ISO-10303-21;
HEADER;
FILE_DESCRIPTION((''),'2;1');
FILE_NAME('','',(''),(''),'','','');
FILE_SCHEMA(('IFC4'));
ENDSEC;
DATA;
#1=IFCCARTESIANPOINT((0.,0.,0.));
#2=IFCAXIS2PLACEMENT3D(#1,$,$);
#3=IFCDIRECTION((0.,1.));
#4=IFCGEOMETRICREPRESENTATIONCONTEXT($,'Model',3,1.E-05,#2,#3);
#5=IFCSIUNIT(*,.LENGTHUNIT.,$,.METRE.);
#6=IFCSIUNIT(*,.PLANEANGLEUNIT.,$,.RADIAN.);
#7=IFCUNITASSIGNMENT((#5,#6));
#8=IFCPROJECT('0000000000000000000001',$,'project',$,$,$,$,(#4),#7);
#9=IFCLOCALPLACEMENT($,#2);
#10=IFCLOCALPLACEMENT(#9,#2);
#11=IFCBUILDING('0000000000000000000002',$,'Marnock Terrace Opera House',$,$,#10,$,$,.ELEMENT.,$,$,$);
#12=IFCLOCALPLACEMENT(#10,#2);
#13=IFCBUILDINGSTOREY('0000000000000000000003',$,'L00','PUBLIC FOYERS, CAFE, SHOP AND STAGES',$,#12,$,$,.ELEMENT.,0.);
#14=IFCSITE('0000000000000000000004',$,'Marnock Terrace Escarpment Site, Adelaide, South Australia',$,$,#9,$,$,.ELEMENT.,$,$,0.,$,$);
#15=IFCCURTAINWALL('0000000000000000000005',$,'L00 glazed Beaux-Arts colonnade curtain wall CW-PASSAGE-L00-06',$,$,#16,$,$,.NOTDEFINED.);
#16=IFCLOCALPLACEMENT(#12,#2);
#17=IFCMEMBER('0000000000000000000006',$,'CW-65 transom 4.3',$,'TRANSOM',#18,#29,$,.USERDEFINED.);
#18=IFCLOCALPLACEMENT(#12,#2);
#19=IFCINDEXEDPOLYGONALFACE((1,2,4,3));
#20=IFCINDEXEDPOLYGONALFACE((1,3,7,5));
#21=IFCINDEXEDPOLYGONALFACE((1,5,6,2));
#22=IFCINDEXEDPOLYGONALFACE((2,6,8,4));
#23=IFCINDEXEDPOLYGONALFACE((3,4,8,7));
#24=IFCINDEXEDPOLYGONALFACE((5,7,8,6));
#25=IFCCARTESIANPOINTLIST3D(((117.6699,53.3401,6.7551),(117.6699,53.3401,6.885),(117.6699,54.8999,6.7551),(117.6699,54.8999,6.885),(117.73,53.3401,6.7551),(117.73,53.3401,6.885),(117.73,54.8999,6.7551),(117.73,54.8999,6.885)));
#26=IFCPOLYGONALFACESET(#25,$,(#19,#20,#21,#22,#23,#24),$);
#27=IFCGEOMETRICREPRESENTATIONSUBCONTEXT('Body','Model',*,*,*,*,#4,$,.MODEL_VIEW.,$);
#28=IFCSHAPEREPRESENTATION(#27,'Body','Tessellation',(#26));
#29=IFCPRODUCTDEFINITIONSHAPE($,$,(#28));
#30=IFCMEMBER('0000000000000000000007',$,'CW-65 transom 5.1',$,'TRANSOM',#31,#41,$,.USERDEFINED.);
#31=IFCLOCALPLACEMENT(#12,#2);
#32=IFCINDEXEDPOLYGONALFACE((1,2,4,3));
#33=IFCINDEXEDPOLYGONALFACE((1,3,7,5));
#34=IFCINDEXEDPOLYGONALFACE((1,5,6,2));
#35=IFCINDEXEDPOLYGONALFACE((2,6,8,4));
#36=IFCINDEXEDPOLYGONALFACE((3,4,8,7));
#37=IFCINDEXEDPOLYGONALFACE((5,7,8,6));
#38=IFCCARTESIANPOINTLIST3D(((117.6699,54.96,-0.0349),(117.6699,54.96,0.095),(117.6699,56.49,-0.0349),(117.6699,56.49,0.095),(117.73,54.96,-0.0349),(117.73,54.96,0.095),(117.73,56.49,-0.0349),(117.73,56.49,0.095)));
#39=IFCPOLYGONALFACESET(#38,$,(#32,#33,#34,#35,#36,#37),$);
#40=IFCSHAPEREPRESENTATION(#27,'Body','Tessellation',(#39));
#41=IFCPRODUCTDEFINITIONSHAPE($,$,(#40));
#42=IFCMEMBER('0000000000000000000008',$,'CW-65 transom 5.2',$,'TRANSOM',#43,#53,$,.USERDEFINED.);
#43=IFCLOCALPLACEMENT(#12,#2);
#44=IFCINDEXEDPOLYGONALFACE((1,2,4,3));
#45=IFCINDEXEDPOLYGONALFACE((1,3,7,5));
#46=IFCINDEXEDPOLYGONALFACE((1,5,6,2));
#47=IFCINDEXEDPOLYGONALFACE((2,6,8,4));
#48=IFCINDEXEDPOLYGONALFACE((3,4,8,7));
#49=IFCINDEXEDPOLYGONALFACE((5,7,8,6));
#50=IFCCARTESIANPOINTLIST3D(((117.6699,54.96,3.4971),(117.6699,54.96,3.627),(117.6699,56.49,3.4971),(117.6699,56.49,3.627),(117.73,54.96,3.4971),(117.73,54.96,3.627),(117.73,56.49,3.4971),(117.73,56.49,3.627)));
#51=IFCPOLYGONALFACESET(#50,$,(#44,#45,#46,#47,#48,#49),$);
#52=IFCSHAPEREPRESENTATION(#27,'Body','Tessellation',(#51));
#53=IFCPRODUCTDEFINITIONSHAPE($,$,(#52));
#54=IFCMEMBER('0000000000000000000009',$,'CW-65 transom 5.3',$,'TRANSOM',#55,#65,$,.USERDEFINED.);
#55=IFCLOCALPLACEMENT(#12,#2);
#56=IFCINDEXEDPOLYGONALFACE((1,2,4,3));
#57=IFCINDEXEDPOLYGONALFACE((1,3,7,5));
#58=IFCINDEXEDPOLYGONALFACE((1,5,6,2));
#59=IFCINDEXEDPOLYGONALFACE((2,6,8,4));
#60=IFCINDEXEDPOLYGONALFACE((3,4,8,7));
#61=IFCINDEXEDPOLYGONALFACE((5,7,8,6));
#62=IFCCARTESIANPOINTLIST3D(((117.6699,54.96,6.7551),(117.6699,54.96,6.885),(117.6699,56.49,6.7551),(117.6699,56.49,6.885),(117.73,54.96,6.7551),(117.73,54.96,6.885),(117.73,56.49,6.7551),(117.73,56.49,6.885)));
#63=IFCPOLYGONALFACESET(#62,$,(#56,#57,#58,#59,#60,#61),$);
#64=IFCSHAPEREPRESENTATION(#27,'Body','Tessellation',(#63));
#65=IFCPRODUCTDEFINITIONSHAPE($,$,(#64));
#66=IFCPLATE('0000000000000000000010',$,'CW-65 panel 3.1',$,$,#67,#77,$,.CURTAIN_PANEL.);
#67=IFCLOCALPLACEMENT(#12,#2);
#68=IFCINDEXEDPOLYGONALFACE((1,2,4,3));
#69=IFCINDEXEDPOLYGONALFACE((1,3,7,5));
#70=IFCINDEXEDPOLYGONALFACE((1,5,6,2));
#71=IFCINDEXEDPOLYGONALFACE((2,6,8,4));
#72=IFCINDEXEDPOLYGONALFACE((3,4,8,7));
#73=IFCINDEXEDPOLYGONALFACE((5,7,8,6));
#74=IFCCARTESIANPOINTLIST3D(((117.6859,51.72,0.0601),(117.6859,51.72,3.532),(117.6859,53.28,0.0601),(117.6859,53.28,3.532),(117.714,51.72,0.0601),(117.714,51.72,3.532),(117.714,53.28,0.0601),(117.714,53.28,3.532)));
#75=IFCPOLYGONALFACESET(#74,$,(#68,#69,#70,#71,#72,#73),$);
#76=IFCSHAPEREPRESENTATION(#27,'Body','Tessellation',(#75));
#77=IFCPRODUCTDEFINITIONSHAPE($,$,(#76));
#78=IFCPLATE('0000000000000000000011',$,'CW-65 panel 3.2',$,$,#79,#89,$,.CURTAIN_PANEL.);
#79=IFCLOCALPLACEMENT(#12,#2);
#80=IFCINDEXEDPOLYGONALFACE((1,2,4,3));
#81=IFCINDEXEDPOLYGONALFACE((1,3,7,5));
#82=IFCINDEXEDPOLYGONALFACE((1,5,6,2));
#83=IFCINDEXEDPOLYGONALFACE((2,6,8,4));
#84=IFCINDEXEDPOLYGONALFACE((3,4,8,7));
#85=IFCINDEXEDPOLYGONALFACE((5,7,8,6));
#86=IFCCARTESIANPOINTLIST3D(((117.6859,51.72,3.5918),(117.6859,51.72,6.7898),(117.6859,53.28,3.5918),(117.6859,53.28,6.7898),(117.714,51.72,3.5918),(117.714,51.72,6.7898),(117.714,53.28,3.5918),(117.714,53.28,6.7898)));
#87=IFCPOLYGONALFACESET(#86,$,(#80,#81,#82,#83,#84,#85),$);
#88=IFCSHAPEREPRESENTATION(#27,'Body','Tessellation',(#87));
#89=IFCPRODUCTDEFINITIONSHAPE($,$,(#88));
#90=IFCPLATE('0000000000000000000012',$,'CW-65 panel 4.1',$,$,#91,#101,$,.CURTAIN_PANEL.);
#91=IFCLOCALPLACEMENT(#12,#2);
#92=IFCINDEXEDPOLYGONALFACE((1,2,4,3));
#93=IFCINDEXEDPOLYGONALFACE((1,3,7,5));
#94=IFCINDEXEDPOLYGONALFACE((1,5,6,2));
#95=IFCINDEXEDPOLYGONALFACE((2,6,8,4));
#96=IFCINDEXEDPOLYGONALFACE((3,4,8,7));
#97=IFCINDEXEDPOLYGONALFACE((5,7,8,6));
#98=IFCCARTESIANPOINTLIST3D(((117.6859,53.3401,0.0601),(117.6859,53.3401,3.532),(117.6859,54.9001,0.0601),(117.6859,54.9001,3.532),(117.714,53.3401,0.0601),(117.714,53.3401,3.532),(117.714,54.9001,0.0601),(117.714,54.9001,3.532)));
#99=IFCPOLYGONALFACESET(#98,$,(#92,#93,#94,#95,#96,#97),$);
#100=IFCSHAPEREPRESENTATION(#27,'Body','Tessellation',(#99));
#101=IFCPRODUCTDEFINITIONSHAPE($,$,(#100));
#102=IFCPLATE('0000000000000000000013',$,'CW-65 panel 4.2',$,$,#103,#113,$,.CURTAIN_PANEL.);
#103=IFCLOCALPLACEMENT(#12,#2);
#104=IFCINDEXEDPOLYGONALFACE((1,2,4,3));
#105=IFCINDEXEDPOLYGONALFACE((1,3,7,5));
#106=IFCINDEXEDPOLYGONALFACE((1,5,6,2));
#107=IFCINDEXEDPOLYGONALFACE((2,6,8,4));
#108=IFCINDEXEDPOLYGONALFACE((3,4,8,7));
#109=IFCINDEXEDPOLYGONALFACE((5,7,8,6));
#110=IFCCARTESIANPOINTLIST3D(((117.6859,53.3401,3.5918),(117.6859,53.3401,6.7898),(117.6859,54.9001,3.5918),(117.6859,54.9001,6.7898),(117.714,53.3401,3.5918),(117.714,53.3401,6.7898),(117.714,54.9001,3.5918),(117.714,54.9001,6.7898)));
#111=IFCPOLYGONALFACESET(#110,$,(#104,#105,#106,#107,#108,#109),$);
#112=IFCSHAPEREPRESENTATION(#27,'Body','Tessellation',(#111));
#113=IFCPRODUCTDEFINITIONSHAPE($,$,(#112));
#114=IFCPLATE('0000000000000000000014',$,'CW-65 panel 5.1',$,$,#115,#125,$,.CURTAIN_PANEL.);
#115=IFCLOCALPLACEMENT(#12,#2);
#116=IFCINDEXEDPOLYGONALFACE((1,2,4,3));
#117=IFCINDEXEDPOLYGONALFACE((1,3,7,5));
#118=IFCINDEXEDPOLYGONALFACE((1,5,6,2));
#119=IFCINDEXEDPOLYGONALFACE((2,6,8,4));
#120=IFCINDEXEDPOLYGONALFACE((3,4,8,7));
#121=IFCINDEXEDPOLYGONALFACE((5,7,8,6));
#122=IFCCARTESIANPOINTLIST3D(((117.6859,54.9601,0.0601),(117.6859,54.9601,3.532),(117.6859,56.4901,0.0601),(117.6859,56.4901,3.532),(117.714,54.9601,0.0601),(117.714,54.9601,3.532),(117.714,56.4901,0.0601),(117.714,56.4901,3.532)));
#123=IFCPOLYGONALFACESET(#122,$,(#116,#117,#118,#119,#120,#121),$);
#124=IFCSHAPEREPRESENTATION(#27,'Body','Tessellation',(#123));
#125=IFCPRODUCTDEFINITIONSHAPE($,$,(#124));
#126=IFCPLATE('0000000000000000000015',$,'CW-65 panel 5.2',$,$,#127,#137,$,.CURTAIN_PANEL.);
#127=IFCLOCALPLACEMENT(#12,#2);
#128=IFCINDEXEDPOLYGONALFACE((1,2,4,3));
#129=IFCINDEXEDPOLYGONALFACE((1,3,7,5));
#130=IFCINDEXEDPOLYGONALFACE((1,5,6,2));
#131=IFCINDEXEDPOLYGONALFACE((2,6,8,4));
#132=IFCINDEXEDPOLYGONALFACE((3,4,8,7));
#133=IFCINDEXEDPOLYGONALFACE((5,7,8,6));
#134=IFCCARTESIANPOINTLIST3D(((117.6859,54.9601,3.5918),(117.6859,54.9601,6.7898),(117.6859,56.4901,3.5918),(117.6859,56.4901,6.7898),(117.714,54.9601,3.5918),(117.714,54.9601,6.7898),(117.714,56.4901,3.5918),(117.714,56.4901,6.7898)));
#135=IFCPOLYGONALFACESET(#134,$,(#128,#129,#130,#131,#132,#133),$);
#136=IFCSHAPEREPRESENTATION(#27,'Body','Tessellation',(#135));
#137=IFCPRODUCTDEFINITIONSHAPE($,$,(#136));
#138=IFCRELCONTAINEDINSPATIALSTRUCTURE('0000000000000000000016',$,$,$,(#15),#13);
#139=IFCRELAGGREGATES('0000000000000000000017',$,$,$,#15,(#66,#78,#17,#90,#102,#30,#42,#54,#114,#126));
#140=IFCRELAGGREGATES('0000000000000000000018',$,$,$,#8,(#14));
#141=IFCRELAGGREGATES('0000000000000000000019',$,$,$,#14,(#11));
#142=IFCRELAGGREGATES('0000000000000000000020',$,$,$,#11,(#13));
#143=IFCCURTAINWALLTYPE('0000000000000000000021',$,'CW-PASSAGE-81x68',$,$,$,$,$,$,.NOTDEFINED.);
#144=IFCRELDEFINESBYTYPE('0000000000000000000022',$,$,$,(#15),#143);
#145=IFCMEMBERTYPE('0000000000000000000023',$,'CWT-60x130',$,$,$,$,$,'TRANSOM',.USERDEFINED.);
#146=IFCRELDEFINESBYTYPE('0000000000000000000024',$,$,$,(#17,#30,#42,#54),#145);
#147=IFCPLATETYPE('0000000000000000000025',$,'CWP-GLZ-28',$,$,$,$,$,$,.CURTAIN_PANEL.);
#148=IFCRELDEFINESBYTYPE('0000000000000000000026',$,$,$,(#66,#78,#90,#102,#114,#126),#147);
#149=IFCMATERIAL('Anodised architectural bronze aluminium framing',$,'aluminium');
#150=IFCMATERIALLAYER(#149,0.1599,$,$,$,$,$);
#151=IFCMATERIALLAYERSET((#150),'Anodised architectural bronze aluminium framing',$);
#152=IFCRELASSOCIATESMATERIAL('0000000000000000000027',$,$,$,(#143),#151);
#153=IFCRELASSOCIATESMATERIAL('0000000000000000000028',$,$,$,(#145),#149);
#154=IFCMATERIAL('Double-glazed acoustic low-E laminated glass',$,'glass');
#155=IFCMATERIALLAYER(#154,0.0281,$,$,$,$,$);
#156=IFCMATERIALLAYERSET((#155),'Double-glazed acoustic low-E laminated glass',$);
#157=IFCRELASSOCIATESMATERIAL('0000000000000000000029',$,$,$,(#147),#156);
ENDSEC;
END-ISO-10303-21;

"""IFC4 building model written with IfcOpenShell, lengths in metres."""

from ifc_helpers import new_model, si_unit, direction, frame, origin, origin_2d, place, context, subcontext, project, spatial, rectangle, extrude, material, layer, layer_set, material_profile, profile_set, type_object, element, aggregate, save


model = new_model("IFC4")

# Units and contexts
model_context = context("Model", 3, precision=1e-05, world=origin(), true_north=direction((0.0, 1.0)))
body_context = subcontext(model_context, "Body", "Model", "MODEL_VIEW")
ifc_project = project(units=[si_unit("LENGTHUNIT", "METRE"), si_unit("PLANEANGLEUNIT", "RADIAN")], contexts=[model_context])

# Site, building, storey
site_placement = place(None, origin())
site = spatial("IfcSite", under=ifc_project, at=site_placement, Name="Marnock Terrace Escarpment Site, Adelaide, South Australia", CompositionType="ELEMENT", RefElevation=0.0)
building_placement = place(site_placement, origin())
building = spatial("IfcBuilding", under=site, at=building_placement, Name="Marnock Terrace Opera House", CompositionType="ELEMENT")
storey_placement = place(building_placement, origin())
storey = spatial("IfcBuildingStorey", under=building, at=storey_placement, Name="L00", Description="PUBLIC FOYERS, CAFE, SHOP AND STAGES", CompositionType="ELEMENT", Elevation=0.0)

# Curtain wall
ifc_material_1 = material(Name="Anodised architectural bronze aluminium framing", Category="aluminium")
ifc_layer_1 = layer(ifc_material_1, 0.1599)
ifc_layer_set_1 = layer_set([ifc_layer_1], Name="Anodised architectural bronze aluminium framing")
curtain_wall_type_1 = type_object("IfcCurtainWallType", Name="CW-PASSAGE-81x68", PredefinedType="NOTDEFINED", material=ifc_layer_set_1)
curtain_wall_1_placement = place(storey_placement, origin())
curtain_wall_1 = element("IfcCurtainWall", 1, at=curtain_wall_1_placement, inside=storey, type_object=curtain_wall_type_1, Name="L00 glazed Beaux-Arts colonnade curtain wall CW-PASSAGE-L00-06", PredefinedType="NOTDEFINED")

# Shared definitions
ifc_material_profile_1 = material_profile(ifc_material_1, rectangle(XDim=0.0601, YDim=0.1299, at=origin_2d()))
ifc_profile_set_1 = profile_set([ifc_material_profile_1], Name="Anodised architectural bronze aluminium framing")
member_type_1 = type_object("IfcMemberType", Name="CWT-60x130", ElementType="TRANSOM", PredefinedType="USERDEFINED", material=ifc_profile_set_1)

# Members
member_1_placement = place(storey_placement, frame((117.7, 53.3401, 6.8201), z_axis=(0.0, 1.0, 0.0), x_axis=(-1.0, 0.0, 0.0)))
member_1 = element("IfcMember", 2, at=member_1_placement, type_object=member_type_1, Name="CW-65 transom 4.3", ObjectType="TRANSOM", PredefinedType="USERDEFINED", context=body_context, shape_type="SweptSolid", body=[
    extrude(rectangle(XDim=0.0601, YDim=0.1299, at=origin_2d()), origin(), (0.0, 0.0, 1.0), 1.5598),
])
member_2_placement = place(storey_placement, frame((117.7, 54.96, 0.03), z_axis=(0.0, 1.0, 0.0), x_axis=(-1.0, 0.0, 0.0)))
member_2 = element("IfcMember", 3, at=member_2_placement, type_object=member_type_1, Name="CW-65 transom 5.1", ObjectType="TRANSOM", PredefinedType="USERDEFINED", context=body_context, shape_type="SweptSolid", body=[
    extrude(rectangle(XDim=0.0601, YDim=0.1299, at=origin_2d()), origin(), (0.0, 0.0, 1.0), 1.53),
])
member_3_placement = place(storey_placement, frame((117.7, 54.96, 3.562), z_axis=(0.0, 1.0, 0.0), x_axis=(-1.0, 0.0, 0.0)))
member_3 = element("IfcMember", 4, at=member_3_placement, type_object=member_type_1, Name="CW-65 transom 5.2", ObjectType="TRANSOM", PredefinedType="USERDEFINED", context=body_context, shape_type="SweptSolid", body=[
    extrude(rectangle(XDim=0.0601, YDim=0.1299, at=origin_2d()), origin(), (0.0, 0.0, 1.0), 1.53),
])
member_4_placement = place(storey_placement, frame((117.7, 54.96, 6.8201), z_axis=(0.0, 1.0, 0.0), x_axis=(-1.0, 0.0, 0.0)))
member_4 = element("IfcMember", 5, at=member_4_placement, type_object=member_type_1, Name="CW-65 transom 5.3", ObjectType="TRANSOM", PredefinedType="USERDEFINED", context=body_context, shape_type="SweptSolid", body=[
    extrude(rectangle(XDim=0.0601, YDim=0.1299, at=origin_2d()), origin(), (0.0, 0.0, 1.0), 1.53),
])

# Plates
ifc_material_2 = material(Name="Double-glazed acoustic low-E laminated glass", Category="glass")
ifc_layer_2 = layer(ifc_material_2, 0.0281)
ifc_layer_set_2 = layer_set([ifc_layer_2], Name="Double-glazed acoustic low-E laminated glass")
plate_type = type_object("IfcPlateType", Name="CWP-GLZ-28", PredefinedType="CURTAIN_PANEL", material=ifc_layer_set_2)
plate_1_placement = place(storey_placement, frame((117.7, 52.5, 0.0601), z_axis=(0.0, 0.0, 1.0), x_axis=(0.0, 1.0, 0.0)))
plate_1 = element("IfcPlate", 6, at=plate_1_placement, type_object=plate_type, Name="CW-65 panel 3.1", PredefinedType="CURTAIN_PANEL", context=body_context, shape_type="SweptSolid", body=[
    extrude(rectangle(XDim=1.5601, YDim=0.0281, at=origin_2d()), origin(), (0.0, 0.0, 1.0), 3.4719),
])
plate_2_placement = place(storey_placement, frame((117.7, 52.5, 3.5918), z_axis=(0.0, 0.0, 1.0), x_axis=(0.0, 1.0, 0.0)))
plate_2 = element("IfcPlate", 7, at=plate_2_placement, type_object=plate_type, Name="CW-65 panel 3.2", PredefinedType="CURTAIN_PANEL", context=body_context, shape_type="SweptSolid", body=[
    extrude(rectangle(XDim=1.5601, YDim=0.0281, at=origin_2d()), origin(), (0.0, 0.0, 1.0), 3.198),
])
plate_3_placement = place(storey_placement, frame((117.7, 54.1201, 0.0601), z_axis=(0.0, 0.0, 1.0), x_axis=(0.0, 1.0, 0.0)))
plate_3 = element("IfcPlate", 8, at=plate_3_placement, type_object=plate_type, Name="CW-65 panel 4.1", PredefinedType="CURTAIN_PANEL", context=body_context, shape_type="SweptSolid", body=[
    extrude(rectangle(XDim=1.5601, YDim=0.0281, at=origin_2d()), origin(), (0.0, 0.0, 1.0), 3.4719),
])
plate_4_placement = place(storey_placement, frame((117.7, 54.1201, 3.5918), z_axis=(0.0, 0.0, 1.0), x_axis=(0.0, 1.0, 0.0)))
plate_4 = element("IfcPlate", 9, at=plate_4_placement, type_object=plate_type, Name="CW-65 panel 4.2", PredefinedType="CURTAIN_PANEL", context=body_context, shape_type="SweptSolid", body=[
    extrude(rectangle(XDim=1.5601, YDim=0.0281, at=origin_2d()), origin(), (0.0, 0.0, 1.0), 3.198),
])
plate_5_placement = place(storey_placement, frame((117.7, 55.7251, 0.0601), z_axis=(0.0, 0.0, 1.0), x_axis=(0.0, 1.0, 0.0)))
plate_5 = element("IfcPlate", 10, at=plate_5_placement, type_object=plate_type, Name="CW-65 panel 5.1", PredefinedType="CURTAIN_PANEL", context=body_context, shape_type="SweptSolid", body=[
    extrude(rectangle(XDim=1.53, YDim=0.0281, at=origin_2d()), origin(), (0.0, 0.0, 1.0), 3.4719),
])
plate_6_placement = place(storey_placement, frame((117.7, 55.7251, 3.5918), z_axis=(0.0, 0.0, 1.0), x_axis=(0.0, 1.0, 0.0)))
plate_6 = element("IfcPlate", 11, at=plate_6_placement, type_object=plate_type, Name="CW-65 panel 5.2", PredefinedType="CURTAIN_PANEL", context=body_context, shape_type="SweptSolid", body=[
    extrude(rectangle(XDim=1.53, YDim=0.0281, at=origin_2d()), origin(), (0.0, 0.0, 1.0), 3.198),
])
aggregate(curtain_wall_1, [plate_1, plate_2, member_1, plate_3, plate_4, member_2, member_3, member_4, plate_5, plate_6])

save(model, "model.ifc")
